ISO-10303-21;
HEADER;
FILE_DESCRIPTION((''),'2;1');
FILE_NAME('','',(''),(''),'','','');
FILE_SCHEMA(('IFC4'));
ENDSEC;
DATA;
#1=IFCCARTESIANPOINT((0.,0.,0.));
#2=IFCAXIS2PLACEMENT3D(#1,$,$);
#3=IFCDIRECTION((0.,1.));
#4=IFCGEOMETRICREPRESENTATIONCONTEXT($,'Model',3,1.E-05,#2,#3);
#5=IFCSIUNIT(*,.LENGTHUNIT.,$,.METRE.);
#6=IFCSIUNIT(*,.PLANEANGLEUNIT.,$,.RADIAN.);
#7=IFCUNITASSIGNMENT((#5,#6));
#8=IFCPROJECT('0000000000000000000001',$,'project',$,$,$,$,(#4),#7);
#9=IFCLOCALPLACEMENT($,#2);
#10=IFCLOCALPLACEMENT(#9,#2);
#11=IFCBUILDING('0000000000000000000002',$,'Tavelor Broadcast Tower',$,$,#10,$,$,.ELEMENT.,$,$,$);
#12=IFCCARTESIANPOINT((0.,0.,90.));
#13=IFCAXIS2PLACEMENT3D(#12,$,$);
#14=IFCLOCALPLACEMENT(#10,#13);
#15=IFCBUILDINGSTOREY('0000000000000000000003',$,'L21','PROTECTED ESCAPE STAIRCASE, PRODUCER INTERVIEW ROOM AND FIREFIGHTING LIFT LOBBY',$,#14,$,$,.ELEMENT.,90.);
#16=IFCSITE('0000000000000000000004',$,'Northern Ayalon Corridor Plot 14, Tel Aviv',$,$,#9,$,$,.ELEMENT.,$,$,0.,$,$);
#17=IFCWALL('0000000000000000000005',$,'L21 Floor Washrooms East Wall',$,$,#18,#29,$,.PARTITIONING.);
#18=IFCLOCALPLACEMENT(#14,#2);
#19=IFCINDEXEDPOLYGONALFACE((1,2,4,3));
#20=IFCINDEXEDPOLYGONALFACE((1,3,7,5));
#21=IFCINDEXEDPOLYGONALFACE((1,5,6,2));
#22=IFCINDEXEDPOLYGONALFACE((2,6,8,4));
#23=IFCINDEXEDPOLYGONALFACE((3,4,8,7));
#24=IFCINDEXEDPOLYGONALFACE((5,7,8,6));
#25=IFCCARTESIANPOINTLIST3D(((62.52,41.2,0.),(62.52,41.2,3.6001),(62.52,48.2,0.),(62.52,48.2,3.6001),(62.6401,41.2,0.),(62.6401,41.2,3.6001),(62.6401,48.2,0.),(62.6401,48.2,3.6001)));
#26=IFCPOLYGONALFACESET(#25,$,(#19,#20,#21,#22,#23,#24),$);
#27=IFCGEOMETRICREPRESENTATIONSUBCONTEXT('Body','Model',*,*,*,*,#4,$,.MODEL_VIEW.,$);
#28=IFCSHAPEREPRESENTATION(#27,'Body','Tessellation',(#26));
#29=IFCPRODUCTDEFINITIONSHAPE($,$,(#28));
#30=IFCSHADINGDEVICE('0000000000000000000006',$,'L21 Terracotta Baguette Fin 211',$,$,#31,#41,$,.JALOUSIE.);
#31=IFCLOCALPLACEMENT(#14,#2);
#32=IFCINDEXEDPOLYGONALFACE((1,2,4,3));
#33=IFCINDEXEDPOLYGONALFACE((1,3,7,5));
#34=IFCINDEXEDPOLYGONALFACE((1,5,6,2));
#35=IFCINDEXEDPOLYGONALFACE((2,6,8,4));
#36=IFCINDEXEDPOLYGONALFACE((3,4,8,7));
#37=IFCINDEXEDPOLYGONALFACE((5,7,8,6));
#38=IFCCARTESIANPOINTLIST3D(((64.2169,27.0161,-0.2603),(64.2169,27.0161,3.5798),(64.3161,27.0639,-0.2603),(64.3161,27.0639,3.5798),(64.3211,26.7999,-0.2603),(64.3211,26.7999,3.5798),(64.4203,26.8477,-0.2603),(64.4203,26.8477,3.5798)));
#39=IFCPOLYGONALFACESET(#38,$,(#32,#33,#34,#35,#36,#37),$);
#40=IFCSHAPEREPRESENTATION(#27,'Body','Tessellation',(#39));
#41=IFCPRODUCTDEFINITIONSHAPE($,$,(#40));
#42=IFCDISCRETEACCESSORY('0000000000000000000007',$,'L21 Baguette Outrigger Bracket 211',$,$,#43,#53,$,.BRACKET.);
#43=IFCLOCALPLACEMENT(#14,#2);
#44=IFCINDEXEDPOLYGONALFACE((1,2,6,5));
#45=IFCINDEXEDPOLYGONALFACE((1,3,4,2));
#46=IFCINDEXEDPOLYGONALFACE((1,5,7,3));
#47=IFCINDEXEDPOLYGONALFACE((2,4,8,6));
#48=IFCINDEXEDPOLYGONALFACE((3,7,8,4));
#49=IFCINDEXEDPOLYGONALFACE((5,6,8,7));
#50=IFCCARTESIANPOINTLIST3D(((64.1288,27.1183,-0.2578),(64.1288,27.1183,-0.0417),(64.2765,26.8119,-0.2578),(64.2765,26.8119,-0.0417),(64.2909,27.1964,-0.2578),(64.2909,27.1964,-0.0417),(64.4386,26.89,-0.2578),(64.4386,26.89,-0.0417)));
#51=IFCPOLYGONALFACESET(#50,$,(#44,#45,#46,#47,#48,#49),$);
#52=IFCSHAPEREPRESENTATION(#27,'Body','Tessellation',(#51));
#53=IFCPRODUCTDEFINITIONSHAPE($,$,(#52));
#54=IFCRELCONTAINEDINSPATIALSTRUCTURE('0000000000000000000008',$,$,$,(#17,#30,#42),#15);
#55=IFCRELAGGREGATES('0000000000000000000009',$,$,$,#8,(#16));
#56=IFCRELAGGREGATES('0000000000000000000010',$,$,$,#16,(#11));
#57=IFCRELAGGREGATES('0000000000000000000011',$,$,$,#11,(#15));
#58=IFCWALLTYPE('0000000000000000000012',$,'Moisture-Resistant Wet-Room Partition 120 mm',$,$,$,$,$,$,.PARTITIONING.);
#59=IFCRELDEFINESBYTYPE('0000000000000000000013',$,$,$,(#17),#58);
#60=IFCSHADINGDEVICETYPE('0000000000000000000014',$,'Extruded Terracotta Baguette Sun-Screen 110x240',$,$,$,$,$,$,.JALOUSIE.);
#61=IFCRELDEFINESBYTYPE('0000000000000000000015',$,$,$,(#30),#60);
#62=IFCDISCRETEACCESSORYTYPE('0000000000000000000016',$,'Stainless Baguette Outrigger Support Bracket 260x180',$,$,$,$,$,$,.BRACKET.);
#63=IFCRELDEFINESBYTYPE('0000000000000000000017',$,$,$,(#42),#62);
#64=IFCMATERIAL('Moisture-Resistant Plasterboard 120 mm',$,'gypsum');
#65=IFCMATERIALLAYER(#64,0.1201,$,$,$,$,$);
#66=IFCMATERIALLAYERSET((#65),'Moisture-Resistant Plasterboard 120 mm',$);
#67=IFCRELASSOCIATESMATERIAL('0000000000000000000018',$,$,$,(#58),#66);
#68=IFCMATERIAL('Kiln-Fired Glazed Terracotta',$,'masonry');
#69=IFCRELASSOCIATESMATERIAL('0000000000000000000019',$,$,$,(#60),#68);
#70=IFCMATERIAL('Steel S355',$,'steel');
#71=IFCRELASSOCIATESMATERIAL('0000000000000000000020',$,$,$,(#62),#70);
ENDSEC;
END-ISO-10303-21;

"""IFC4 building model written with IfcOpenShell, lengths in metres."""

from ifc_helpers import new_model, si_unit, direction, frame, frame_2d, origin, origin_2d, place, context, subcontext, project, spatial, rectangle, extrude, source, transform, mapped, material, layer, layer_set, type_object, type_shapes, element, save


model = new_model("IFC4")

# Units and contexts
model_context = context("Model", 3, precision=1e-05, world=origin(), true_north=direction((0.0, 1.0)))
body_context = subcontext(model_context, "Body", "Model", "MODEL_VIEW")
ifc_project = project(units=[si_unit("LENGTHUNIT", "METRE"), si_unit("PLANEANGLEUNIT", "RADIAN")], contexts=[model_context])

# Site, building, storey
site_placement = place(None, origin())
site = spatial("IfcSite", under=ifc_project, at=site_placement, Name="Northern Ayalon Corridor Plot 14, Tel Aviv", CompositionType="ELEMENT", RefElevation=0.0)
building_placement = place(site_placement, origin())
building = spatial("IfcBuilding", under=site, at=building_placement, Name="Tavelor Broadcast Tower", CompositionType="ELEMENT")
storey_placement = place(building_placement, frame((0.0, 0.0, 90.0)))
storey = spatial("IfcBuildingStorey", under=building, at=storey_placement, Name="L21", Description="PROTECTED ESCAPE STAIRCASE, PRODUCER INTERVIEW ROOM AND FIREFIGHTING LIFT LOBBY", CompositionType="ELEMENT", Elevation=90.0)

# Shared definitions
ifc_material_1 = material(Name="Steel S355", Category="steel")

# Shared definitions
ifc_material_2 = material(Name="Moisture-Resistant Plasterboard 120 mm", Category="gypsum")
ifc_layer_1 = layer(ifc_material_2, 0.1201)
ifc_layer_set_1 = layer_set([ifc_layer_1], Name="Moisture-Resistant Plasterboard 120 mm")
wall_type_1 = type_object("IfcWallType", Name="Moisture-Resistant Wet-Room Partition 120 mm", PredefinedType="PARTITIONING", material=ifc_layer_set_1)

# Wall
wall_1_placement = place(storey_placement, frame((62.5801, 41.2, 0.0), z_axis=(0.0, 0.0, 1.0), x_axis=(0.0, 1.0, 0.0)))
element("IfcWall", 1, at=wall_1_placement, inside=storey, type_object=wall_type_1, Name="L21 Floor Washrooms East Wall", PredefinedType="PARTITIONING", context=body_context, shape_type="SweptSolid", body=[
    extrude(rectangle(XDim=7.0, YDim=0.1201, at=frame_2d((3.5, 0.0))), origin(), (0.0, 0.0, 1.0), 3.6001),
])

# Shading device
ifc_material_3 = material(Name="Kiln-Fired Glazed Terracotta", Category="masonry")
shading_device_type = type_object("IfcShadingDeviceType", Name="Extruded Terracotta Baguette Sun-Screen 110x240", PredefinedType="JALOUSIE", material=ifc_material_3)
shared_shape_1 = source(origin(), body_context, "Body", "SweptSolid", [
    extrude(rectangle(XDim=0.1101, YDim=0.24, at=origin_2d()), origin(), (0.0, 0.0, 1.0), 3.8401),
])
type_shapes(shading_device_type, [shared_shape_1])
shading_device_placement = place(storey_placement, frame((64.3186, 26.9319, -0.2603), z_axis=(0.0, 0.0, 1.0), x_axis=(0.90085, 0.434131, 0.0)))
element("IfcShadingDevice", 2, at=shading_device_placement, inside=storey, type_object=shading_device_type, Name="L21 Terracotta Baguette Fin 211", PredefinedType="JALOUSIE", context=body_context, shape_type="MappedRepresentation", body=[
    mapped(shared_shape_1, transform((0.0, 0.0, 0.0), scale=1.0)),
])

# Discrete accessory
discrete_accessory_type = type_object("IfcDiscreteAccessoryType", Name="Stainless Baguette Outrigger Support Bracket 260x180", PredefinedType="BRACKET", material=ifc_material_1)
shared_shape_2 = source(origin(), body_context, "Body", "SweptSolid", [
    extrude(rectangle(XDim=0.1799, YDim=0.3401, at=origin_2d()), origin(), (0.0, 0.0, 1.0), 0.2161),
])
type_shapes(discrete_accessory_type, [shared_shape_2])
discrete_accessory_placement = place(storey_placement, frame((64.2837, 27.0042, -0.2578), z_axis=(0.0, 0.0, 1.0), x_axis=(0.90085, 0.434131, 0.0)))
element("IfcDiscreteAccessory", 3, at=discrete_accessory_placement, inside=storey, type_object=discrete_accessory_type, Name="L21 Baguette Outrigger Bracket 211", PredefinedType="BRACKET", context=body_context, shape_type="MappedRepresentation", body=[
    mapped(shared_shape_2, transform((0.0, 0.0, 0.0), scale=1.0)),
])

save(model, "model.ifc")
